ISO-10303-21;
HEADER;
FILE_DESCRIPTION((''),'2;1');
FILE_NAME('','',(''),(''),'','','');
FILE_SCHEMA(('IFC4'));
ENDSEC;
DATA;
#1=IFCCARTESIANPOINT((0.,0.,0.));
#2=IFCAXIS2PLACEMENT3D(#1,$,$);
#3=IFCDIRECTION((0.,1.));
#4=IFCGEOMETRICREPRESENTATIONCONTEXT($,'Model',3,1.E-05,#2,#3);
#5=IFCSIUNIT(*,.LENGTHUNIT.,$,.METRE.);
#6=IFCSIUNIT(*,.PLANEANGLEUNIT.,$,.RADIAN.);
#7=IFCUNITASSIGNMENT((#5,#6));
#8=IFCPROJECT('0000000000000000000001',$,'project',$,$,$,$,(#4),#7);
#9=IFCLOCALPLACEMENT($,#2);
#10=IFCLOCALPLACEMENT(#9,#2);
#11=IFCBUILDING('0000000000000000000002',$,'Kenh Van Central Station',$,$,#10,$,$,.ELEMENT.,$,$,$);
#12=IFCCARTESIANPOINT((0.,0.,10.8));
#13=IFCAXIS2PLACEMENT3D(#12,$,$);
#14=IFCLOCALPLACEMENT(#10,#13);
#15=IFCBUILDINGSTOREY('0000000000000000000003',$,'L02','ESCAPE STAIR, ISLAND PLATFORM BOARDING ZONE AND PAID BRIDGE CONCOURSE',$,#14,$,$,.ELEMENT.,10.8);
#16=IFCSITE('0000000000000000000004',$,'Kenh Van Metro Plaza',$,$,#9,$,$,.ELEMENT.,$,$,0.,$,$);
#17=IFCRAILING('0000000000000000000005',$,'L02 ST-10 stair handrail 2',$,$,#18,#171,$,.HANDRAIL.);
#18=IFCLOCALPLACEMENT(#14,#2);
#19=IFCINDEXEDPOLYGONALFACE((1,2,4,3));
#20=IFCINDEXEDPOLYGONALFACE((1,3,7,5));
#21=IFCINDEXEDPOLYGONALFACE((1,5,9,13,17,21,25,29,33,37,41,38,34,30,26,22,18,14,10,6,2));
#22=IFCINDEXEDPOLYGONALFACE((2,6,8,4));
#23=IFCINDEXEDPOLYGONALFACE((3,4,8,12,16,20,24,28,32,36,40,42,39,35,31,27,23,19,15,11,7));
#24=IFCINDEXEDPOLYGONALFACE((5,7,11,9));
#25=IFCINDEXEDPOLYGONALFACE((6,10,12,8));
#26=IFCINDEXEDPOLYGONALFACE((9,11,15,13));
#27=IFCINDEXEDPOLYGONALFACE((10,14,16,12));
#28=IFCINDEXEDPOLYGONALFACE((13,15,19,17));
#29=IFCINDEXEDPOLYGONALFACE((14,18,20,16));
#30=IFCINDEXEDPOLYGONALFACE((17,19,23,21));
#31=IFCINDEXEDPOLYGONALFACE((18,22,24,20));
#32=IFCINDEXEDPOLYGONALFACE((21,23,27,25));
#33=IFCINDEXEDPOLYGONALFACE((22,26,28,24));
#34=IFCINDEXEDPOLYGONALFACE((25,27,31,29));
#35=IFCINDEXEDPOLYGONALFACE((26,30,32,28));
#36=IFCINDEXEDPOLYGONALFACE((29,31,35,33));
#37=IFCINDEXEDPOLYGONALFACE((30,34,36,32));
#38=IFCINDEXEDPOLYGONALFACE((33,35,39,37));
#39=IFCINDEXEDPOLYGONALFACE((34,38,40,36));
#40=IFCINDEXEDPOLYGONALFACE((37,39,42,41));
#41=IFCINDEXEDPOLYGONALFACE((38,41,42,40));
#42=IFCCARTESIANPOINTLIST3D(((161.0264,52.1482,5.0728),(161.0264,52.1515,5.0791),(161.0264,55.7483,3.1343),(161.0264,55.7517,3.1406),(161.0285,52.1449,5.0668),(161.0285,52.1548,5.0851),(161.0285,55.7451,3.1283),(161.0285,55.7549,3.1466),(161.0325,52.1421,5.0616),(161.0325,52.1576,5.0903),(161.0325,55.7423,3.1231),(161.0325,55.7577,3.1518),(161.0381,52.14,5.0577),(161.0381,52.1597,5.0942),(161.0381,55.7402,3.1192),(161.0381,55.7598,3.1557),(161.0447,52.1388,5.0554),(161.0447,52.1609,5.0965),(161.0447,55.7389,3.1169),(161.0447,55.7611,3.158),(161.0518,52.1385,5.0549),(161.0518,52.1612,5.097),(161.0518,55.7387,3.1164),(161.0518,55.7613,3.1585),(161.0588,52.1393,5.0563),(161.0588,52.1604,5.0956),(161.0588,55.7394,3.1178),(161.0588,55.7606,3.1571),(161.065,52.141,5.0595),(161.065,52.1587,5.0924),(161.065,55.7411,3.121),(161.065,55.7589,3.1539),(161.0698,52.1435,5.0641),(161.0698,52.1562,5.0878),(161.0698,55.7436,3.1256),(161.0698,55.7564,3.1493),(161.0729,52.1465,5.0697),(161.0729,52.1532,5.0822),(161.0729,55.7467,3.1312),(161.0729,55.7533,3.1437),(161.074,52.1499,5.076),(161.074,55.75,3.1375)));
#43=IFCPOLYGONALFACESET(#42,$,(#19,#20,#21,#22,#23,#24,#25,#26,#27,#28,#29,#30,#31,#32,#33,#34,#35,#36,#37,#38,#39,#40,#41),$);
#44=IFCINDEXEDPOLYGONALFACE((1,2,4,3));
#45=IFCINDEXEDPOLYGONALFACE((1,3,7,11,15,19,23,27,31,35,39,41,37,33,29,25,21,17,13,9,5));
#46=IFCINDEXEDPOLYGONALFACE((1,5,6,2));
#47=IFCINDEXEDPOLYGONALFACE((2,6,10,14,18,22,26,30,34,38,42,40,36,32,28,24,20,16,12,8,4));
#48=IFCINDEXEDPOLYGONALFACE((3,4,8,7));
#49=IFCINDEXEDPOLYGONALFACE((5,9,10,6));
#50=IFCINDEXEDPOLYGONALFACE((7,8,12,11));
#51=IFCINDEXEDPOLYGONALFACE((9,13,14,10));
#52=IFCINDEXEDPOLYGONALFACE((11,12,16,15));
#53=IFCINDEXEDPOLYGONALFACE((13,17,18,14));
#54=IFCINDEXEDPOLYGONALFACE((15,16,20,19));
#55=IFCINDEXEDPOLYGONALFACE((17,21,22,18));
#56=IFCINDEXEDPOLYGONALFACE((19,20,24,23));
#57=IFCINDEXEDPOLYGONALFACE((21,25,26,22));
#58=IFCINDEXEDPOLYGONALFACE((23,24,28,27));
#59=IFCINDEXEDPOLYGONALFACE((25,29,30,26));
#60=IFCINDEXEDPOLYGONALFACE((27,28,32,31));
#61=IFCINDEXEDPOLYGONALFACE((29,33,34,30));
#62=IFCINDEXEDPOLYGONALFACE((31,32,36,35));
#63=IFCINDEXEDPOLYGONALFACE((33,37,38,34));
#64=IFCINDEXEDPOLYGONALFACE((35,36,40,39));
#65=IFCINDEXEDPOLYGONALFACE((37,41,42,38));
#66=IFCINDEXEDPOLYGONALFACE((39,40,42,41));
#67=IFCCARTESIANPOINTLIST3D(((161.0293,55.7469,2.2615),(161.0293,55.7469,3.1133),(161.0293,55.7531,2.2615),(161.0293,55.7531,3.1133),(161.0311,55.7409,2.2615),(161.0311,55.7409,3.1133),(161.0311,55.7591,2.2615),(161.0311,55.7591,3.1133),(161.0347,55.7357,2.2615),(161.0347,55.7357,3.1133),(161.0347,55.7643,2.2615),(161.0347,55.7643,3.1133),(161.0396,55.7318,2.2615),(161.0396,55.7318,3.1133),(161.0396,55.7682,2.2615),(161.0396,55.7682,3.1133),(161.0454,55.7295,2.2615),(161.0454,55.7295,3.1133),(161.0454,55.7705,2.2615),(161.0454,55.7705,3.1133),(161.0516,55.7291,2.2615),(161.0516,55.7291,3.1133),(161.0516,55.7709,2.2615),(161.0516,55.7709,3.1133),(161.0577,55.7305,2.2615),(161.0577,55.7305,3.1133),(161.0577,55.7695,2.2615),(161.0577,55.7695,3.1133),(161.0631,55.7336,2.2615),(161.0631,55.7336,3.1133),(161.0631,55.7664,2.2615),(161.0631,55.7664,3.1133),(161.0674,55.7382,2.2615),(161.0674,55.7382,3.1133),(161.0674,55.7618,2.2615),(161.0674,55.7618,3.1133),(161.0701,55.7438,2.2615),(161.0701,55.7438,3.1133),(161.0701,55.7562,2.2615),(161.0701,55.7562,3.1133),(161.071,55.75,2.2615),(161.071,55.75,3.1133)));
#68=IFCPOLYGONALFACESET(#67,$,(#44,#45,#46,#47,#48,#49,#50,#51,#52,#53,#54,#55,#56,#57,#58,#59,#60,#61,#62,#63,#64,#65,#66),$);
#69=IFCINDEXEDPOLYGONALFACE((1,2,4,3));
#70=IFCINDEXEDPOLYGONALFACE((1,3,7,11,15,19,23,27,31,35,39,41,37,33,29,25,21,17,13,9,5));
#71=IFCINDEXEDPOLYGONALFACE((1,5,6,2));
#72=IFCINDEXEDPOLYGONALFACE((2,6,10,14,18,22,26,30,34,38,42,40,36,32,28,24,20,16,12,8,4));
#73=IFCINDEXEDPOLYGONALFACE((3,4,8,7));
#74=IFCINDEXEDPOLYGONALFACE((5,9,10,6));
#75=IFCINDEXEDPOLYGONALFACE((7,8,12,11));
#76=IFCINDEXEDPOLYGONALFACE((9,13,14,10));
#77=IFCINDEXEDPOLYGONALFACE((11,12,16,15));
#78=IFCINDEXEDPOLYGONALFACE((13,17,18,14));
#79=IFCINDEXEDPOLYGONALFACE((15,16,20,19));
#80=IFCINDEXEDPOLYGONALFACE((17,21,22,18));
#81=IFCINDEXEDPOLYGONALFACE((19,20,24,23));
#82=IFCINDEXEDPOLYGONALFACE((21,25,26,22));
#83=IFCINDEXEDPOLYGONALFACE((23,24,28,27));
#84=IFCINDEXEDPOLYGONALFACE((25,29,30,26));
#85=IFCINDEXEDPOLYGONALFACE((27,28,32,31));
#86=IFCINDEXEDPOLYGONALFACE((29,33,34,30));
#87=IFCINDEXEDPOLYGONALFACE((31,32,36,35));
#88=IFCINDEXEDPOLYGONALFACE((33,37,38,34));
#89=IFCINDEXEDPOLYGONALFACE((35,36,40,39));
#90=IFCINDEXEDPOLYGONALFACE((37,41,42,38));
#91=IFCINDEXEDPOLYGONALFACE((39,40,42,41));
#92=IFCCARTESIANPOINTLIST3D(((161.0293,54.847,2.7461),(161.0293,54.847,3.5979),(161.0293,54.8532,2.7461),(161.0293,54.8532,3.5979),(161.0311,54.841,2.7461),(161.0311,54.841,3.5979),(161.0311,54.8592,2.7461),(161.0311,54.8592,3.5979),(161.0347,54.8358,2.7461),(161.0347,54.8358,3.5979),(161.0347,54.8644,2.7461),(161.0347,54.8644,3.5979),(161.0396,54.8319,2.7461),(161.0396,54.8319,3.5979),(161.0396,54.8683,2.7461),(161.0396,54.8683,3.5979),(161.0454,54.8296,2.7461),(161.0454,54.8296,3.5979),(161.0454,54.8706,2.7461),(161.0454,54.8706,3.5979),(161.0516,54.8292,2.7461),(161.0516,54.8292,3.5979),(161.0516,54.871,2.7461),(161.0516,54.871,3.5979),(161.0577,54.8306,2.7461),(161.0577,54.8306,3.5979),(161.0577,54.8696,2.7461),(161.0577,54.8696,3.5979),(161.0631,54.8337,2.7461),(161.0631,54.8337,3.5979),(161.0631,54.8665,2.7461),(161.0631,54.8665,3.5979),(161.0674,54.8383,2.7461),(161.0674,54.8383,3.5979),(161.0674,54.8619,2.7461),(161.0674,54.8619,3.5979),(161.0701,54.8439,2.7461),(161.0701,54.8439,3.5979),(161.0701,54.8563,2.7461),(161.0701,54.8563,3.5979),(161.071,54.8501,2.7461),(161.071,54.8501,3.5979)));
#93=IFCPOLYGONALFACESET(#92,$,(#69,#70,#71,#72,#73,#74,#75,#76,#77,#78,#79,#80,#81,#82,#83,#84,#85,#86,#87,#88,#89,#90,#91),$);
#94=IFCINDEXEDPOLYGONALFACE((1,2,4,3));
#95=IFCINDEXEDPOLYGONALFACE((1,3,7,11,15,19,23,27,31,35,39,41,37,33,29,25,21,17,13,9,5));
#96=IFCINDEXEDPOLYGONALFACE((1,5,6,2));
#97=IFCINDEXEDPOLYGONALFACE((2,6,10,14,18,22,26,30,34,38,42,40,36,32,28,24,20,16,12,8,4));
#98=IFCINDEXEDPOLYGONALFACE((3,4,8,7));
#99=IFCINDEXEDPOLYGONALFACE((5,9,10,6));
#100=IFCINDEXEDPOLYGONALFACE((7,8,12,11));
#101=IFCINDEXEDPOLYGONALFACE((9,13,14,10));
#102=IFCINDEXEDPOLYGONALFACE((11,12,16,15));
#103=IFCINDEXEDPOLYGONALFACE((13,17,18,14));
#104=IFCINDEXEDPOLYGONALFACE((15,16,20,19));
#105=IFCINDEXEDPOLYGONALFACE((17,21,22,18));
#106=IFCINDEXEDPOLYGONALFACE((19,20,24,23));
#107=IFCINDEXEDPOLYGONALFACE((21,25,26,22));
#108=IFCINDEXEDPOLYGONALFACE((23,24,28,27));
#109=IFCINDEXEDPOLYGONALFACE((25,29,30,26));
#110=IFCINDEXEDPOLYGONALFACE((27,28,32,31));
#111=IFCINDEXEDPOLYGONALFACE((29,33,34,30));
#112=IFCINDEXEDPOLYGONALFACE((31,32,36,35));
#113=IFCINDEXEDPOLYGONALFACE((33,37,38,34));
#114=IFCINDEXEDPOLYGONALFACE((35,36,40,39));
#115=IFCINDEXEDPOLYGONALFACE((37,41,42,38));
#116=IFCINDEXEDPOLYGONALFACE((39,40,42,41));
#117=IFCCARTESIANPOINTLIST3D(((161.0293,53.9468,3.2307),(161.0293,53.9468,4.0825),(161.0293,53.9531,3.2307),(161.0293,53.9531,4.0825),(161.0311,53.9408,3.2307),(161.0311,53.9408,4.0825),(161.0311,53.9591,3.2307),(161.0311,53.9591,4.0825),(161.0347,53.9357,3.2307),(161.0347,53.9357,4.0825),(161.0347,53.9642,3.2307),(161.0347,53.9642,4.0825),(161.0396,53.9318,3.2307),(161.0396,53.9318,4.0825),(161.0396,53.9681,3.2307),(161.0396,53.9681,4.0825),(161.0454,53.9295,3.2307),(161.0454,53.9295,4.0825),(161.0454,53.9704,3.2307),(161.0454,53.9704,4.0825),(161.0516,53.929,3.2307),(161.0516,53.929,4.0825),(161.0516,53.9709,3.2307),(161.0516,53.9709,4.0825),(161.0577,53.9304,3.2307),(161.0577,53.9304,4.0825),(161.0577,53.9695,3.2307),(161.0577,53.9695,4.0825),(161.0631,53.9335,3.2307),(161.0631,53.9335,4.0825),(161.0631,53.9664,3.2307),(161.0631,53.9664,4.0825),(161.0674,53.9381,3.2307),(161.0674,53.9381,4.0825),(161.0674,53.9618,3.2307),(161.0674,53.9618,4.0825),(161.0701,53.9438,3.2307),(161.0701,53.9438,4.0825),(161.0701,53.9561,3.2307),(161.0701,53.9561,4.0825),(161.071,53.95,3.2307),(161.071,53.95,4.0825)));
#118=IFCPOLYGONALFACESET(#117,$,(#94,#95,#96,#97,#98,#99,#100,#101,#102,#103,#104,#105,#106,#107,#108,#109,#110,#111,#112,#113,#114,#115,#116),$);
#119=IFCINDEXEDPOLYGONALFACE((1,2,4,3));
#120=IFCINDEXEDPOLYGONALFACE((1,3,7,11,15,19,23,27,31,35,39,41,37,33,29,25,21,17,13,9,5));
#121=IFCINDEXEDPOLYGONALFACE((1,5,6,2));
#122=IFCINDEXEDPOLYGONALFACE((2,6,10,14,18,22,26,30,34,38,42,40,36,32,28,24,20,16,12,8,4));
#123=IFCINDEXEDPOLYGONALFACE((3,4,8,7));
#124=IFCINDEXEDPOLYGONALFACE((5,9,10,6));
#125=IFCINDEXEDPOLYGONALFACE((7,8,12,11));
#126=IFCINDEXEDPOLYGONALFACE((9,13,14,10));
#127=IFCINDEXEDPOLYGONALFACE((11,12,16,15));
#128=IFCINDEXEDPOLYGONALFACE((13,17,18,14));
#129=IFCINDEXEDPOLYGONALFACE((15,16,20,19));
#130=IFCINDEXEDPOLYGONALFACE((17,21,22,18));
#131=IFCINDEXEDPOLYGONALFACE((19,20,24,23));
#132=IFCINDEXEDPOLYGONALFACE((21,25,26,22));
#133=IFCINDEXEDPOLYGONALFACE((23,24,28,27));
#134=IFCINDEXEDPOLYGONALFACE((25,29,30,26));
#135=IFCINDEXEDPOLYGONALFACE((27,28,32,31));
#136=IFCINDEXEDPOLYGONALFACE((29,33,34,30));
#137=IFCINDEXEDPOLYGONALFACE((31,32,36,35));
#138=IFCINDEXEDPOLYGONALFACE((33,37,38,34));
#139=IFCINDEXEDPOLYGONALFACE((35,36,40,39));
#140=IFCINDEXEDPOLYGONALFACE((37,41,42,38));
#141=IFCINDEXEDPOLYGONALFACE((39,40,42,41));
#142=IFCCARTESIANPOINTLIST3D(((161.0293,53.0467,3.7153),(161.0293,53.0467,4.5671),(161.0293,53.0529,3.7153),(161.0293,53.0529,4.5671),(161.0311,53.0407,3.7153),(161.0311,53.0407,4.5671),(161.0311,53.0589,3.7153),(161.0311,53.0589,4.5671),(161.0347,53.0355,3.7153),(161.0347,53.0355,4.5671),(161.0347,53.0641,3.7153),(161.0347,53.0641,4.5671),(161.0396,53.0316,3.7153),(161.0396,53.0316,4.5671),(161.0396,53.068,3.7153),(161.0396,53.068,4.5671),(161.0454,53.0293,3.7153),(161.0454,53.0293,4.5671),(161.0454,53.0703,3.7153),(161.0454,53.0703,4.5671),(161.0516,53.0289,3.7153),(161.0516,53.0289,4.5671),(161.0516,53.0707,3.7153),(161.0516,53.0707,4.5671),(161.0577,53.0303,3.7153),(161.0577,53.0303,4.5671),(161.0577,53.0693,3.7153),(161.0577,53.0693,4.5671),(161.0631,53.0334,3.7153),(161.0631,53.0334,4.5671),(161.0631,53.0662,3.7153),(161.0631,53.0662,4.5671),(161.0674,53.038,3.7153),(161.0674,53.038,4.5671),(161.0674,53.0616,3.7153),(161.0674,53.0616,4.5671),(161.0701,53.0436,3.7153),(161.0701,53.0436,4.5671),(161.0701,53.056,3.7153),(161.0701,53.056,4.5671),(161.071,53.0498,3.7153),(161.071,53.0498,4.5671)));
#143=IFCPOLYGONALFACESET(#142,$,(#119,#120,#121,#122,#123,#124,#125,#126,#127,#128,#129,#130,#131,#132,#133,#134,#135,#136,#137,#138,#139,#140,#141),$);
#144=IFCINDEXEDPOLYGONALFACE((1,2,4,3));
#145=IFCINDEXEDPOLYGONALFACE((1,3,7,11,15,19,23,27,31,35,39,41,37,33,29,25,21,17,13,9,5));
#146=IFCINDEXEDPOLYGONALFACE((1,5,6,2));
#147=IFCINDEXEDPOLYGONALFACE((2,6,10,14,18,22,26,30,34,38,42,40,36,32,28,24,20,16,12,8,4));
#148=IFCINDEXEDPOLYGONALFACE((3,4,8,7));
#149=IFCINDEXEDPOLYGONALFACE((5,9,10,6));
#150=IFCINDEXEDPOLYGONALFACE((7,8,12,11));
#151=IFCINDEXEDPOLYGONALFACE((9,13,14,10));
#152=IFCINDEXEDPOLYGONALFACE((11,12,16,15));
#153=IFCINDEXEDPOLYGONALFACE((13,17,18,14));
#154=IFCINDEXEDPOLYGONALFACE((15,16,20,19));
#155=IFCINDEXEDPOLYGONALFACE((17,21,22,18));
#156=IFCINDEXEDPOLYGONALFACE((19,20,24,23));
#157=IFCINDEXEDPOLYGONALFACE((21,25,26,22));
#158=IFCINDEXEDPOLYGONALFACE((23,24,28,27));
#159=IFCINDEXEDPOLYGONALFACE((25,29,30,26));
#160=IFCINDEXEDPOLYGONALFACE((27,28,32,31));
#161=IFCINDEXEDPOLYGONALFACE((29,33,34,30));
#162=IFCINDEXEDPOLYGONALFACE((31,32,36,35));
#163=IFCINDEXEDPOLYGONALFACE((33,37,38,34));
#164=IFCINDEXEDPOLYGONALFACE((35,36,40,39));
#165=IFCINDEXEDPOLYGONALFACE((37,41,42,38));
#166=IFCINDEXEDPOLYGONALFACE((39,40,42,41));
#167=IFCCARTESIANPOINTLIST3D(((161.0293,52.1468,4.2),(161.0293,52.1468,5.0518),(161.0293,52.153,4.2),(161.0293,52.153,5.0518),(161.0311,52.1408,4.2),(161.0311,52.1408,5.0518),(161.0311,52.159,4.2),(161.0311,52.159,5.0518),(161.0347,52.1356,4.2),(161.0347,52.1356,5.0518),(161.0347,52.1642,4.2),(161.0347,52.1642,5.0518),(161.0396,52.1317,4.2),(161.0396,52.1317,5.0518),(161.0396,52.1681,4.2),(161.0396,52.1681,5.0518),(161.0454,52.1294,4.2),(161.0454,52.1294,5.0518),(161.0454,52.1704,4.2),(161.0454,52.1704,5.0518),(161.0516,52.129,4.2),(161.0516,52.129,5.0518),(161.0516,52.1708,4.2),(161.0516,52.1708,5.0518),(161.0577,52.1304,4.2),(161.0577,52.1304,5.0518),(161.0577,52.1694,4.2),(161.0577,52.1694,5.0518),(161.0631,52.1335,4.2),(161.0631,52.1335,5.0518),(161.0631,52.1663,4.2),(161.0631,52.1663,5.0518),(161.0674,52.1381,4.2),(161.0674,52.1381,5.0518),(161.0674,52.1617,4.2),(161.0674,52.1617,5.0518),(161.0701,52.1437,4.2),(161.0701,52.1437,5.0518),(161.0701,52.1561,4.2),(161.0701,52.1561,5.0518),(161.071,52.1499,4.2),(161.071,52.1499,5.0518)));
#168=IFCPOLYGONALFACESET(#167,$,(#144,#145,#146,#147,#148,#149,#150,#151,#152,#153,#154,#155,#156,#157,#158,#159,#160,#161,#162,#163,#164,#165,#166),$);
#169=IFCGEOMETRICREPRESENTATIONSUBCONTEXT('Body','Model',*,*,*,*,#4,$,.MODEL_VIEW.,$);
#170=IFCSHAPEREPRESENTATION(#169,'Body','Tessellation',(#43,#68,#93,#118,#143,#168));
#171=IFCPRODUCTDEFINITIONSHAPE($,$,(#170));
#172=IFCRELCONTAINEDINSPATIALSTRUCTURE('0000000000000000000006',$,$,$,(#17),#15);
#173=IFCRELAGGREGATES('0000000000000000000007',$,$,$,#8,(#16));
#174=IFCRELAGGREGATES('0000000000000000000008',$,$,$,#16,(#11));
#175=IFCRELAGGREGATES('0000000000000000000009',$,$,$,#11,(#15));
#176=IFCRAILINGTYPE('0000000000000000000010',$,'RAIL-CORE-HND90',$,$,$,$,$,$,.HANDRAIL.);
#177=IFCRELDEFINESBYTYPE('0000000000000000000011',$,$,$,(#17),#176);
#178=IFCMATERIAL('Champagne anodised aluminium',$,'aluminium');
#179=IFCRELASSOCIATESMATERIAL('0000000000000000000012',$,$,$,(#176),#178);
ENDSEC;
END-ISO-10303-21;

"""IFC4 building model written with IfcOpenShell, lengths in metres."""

from ifc_helpers import new_model, si_unit, direction, frame, origin, origin_2d, place, context, subcontext, project, spatial, circle, extrude, material, type_object, element, save


model = new_model("IFC4")

# Units and contexts
model_context = context("Model", 3, precision=1e-05, world=origin(), true_north=direction((0.0, 1.0)))
body_context = subcontext(model_context, "Body", "Model", "MODEL_VIEW")
ifc_project = project(units=[si_unit("LENGTHUNIT", "METRE"), si_unit("PLANEANGLEUNIT", "RADIAN")], contexts=[model_context])

# Site, building, storey
site_placement = place(None, origin())
site = spatial("IfcSite", under=ifc_project, at=site_placement, Name="Kenh Van Metro Plaza", CompositionType="ELEMENT", RefElevation=0.0)
building_placement = place(site_placement, origin())
building = spatial("IfcBuilding", under=site, at=building_placement, Name="Kenh Van Central Station", CompositionType="ELEMENT")
storey_placement = place(building_placement, frame((0.0, 0.0, 10.8)))
storey = spatial("IfcBuildingStorey", under=building, at=storey_placement, Name="L02", Description="ESCAPE STAIR, ISLAND PLATFORM BOARDING ZONE AND PAID BRIDGE CONCOURSE", CompositionType="ELEMENT", Elevation=10.8)

# Shared definitions
ifc_material_1 = material(Name="Champagne anodised aluminium", Category="aluminium")

# Railing
railing_type_1 = type_object("IfcRailingType", Name="RAIL-CORE-HND90", PredefinedType="HANDRAIL", material=ifc_material_1)
railing_1_placement = place(storey_placement, frame((161.05, 55.75, 2.2615)))
element("IfcRailing", 1, at=railing_1_placement, inside=storey, type_object=railing_type_1, Name="L02 ST-10 stair handrail 2", PredefinedType="HANDRAIL", context=body_context, shape_type="SweptSolid", body=[
    extrude(circle(Radius=0.0239, at=origin_2d()), frame((0.0, 0.0, 0.876), z_axis=(0.0, -0.880475, 0.474093), x_axis=(1.0, 0.0, 0.0)), (0.0, 0.0, 1.0), 4.0889),
    extrude(circle(Radius=0.021, at=origin_2d()), origin(), (0.0, 0.0, 1.0), 0.8518),
    extrude(circle(Radius=0.021, at=origin_2d()), frame((0.0, -0.8999, 0.4846)), (0.0, 0.0, 1.0), 0.8518),
    extrude(circle(Radius=0.021, at=origin_2d()), frame((0.0, -1.8, 0.9692)), (0.0, 0.0, 1.0), 0.8518),
    extrude(circle(Radius=0.021, at=origin_2d()), frame((0.0, -2.7002, 1.4539)), (0.0, 0.0, 1.0), 0.8518),
    extrude(circle(Radius=0.021, at=origin_2d()), frame((0.0, -3.6001, 1.9385)), (0.0, 0.0, 1.0), 0.8518),
])

save(model, "model.ifc")
